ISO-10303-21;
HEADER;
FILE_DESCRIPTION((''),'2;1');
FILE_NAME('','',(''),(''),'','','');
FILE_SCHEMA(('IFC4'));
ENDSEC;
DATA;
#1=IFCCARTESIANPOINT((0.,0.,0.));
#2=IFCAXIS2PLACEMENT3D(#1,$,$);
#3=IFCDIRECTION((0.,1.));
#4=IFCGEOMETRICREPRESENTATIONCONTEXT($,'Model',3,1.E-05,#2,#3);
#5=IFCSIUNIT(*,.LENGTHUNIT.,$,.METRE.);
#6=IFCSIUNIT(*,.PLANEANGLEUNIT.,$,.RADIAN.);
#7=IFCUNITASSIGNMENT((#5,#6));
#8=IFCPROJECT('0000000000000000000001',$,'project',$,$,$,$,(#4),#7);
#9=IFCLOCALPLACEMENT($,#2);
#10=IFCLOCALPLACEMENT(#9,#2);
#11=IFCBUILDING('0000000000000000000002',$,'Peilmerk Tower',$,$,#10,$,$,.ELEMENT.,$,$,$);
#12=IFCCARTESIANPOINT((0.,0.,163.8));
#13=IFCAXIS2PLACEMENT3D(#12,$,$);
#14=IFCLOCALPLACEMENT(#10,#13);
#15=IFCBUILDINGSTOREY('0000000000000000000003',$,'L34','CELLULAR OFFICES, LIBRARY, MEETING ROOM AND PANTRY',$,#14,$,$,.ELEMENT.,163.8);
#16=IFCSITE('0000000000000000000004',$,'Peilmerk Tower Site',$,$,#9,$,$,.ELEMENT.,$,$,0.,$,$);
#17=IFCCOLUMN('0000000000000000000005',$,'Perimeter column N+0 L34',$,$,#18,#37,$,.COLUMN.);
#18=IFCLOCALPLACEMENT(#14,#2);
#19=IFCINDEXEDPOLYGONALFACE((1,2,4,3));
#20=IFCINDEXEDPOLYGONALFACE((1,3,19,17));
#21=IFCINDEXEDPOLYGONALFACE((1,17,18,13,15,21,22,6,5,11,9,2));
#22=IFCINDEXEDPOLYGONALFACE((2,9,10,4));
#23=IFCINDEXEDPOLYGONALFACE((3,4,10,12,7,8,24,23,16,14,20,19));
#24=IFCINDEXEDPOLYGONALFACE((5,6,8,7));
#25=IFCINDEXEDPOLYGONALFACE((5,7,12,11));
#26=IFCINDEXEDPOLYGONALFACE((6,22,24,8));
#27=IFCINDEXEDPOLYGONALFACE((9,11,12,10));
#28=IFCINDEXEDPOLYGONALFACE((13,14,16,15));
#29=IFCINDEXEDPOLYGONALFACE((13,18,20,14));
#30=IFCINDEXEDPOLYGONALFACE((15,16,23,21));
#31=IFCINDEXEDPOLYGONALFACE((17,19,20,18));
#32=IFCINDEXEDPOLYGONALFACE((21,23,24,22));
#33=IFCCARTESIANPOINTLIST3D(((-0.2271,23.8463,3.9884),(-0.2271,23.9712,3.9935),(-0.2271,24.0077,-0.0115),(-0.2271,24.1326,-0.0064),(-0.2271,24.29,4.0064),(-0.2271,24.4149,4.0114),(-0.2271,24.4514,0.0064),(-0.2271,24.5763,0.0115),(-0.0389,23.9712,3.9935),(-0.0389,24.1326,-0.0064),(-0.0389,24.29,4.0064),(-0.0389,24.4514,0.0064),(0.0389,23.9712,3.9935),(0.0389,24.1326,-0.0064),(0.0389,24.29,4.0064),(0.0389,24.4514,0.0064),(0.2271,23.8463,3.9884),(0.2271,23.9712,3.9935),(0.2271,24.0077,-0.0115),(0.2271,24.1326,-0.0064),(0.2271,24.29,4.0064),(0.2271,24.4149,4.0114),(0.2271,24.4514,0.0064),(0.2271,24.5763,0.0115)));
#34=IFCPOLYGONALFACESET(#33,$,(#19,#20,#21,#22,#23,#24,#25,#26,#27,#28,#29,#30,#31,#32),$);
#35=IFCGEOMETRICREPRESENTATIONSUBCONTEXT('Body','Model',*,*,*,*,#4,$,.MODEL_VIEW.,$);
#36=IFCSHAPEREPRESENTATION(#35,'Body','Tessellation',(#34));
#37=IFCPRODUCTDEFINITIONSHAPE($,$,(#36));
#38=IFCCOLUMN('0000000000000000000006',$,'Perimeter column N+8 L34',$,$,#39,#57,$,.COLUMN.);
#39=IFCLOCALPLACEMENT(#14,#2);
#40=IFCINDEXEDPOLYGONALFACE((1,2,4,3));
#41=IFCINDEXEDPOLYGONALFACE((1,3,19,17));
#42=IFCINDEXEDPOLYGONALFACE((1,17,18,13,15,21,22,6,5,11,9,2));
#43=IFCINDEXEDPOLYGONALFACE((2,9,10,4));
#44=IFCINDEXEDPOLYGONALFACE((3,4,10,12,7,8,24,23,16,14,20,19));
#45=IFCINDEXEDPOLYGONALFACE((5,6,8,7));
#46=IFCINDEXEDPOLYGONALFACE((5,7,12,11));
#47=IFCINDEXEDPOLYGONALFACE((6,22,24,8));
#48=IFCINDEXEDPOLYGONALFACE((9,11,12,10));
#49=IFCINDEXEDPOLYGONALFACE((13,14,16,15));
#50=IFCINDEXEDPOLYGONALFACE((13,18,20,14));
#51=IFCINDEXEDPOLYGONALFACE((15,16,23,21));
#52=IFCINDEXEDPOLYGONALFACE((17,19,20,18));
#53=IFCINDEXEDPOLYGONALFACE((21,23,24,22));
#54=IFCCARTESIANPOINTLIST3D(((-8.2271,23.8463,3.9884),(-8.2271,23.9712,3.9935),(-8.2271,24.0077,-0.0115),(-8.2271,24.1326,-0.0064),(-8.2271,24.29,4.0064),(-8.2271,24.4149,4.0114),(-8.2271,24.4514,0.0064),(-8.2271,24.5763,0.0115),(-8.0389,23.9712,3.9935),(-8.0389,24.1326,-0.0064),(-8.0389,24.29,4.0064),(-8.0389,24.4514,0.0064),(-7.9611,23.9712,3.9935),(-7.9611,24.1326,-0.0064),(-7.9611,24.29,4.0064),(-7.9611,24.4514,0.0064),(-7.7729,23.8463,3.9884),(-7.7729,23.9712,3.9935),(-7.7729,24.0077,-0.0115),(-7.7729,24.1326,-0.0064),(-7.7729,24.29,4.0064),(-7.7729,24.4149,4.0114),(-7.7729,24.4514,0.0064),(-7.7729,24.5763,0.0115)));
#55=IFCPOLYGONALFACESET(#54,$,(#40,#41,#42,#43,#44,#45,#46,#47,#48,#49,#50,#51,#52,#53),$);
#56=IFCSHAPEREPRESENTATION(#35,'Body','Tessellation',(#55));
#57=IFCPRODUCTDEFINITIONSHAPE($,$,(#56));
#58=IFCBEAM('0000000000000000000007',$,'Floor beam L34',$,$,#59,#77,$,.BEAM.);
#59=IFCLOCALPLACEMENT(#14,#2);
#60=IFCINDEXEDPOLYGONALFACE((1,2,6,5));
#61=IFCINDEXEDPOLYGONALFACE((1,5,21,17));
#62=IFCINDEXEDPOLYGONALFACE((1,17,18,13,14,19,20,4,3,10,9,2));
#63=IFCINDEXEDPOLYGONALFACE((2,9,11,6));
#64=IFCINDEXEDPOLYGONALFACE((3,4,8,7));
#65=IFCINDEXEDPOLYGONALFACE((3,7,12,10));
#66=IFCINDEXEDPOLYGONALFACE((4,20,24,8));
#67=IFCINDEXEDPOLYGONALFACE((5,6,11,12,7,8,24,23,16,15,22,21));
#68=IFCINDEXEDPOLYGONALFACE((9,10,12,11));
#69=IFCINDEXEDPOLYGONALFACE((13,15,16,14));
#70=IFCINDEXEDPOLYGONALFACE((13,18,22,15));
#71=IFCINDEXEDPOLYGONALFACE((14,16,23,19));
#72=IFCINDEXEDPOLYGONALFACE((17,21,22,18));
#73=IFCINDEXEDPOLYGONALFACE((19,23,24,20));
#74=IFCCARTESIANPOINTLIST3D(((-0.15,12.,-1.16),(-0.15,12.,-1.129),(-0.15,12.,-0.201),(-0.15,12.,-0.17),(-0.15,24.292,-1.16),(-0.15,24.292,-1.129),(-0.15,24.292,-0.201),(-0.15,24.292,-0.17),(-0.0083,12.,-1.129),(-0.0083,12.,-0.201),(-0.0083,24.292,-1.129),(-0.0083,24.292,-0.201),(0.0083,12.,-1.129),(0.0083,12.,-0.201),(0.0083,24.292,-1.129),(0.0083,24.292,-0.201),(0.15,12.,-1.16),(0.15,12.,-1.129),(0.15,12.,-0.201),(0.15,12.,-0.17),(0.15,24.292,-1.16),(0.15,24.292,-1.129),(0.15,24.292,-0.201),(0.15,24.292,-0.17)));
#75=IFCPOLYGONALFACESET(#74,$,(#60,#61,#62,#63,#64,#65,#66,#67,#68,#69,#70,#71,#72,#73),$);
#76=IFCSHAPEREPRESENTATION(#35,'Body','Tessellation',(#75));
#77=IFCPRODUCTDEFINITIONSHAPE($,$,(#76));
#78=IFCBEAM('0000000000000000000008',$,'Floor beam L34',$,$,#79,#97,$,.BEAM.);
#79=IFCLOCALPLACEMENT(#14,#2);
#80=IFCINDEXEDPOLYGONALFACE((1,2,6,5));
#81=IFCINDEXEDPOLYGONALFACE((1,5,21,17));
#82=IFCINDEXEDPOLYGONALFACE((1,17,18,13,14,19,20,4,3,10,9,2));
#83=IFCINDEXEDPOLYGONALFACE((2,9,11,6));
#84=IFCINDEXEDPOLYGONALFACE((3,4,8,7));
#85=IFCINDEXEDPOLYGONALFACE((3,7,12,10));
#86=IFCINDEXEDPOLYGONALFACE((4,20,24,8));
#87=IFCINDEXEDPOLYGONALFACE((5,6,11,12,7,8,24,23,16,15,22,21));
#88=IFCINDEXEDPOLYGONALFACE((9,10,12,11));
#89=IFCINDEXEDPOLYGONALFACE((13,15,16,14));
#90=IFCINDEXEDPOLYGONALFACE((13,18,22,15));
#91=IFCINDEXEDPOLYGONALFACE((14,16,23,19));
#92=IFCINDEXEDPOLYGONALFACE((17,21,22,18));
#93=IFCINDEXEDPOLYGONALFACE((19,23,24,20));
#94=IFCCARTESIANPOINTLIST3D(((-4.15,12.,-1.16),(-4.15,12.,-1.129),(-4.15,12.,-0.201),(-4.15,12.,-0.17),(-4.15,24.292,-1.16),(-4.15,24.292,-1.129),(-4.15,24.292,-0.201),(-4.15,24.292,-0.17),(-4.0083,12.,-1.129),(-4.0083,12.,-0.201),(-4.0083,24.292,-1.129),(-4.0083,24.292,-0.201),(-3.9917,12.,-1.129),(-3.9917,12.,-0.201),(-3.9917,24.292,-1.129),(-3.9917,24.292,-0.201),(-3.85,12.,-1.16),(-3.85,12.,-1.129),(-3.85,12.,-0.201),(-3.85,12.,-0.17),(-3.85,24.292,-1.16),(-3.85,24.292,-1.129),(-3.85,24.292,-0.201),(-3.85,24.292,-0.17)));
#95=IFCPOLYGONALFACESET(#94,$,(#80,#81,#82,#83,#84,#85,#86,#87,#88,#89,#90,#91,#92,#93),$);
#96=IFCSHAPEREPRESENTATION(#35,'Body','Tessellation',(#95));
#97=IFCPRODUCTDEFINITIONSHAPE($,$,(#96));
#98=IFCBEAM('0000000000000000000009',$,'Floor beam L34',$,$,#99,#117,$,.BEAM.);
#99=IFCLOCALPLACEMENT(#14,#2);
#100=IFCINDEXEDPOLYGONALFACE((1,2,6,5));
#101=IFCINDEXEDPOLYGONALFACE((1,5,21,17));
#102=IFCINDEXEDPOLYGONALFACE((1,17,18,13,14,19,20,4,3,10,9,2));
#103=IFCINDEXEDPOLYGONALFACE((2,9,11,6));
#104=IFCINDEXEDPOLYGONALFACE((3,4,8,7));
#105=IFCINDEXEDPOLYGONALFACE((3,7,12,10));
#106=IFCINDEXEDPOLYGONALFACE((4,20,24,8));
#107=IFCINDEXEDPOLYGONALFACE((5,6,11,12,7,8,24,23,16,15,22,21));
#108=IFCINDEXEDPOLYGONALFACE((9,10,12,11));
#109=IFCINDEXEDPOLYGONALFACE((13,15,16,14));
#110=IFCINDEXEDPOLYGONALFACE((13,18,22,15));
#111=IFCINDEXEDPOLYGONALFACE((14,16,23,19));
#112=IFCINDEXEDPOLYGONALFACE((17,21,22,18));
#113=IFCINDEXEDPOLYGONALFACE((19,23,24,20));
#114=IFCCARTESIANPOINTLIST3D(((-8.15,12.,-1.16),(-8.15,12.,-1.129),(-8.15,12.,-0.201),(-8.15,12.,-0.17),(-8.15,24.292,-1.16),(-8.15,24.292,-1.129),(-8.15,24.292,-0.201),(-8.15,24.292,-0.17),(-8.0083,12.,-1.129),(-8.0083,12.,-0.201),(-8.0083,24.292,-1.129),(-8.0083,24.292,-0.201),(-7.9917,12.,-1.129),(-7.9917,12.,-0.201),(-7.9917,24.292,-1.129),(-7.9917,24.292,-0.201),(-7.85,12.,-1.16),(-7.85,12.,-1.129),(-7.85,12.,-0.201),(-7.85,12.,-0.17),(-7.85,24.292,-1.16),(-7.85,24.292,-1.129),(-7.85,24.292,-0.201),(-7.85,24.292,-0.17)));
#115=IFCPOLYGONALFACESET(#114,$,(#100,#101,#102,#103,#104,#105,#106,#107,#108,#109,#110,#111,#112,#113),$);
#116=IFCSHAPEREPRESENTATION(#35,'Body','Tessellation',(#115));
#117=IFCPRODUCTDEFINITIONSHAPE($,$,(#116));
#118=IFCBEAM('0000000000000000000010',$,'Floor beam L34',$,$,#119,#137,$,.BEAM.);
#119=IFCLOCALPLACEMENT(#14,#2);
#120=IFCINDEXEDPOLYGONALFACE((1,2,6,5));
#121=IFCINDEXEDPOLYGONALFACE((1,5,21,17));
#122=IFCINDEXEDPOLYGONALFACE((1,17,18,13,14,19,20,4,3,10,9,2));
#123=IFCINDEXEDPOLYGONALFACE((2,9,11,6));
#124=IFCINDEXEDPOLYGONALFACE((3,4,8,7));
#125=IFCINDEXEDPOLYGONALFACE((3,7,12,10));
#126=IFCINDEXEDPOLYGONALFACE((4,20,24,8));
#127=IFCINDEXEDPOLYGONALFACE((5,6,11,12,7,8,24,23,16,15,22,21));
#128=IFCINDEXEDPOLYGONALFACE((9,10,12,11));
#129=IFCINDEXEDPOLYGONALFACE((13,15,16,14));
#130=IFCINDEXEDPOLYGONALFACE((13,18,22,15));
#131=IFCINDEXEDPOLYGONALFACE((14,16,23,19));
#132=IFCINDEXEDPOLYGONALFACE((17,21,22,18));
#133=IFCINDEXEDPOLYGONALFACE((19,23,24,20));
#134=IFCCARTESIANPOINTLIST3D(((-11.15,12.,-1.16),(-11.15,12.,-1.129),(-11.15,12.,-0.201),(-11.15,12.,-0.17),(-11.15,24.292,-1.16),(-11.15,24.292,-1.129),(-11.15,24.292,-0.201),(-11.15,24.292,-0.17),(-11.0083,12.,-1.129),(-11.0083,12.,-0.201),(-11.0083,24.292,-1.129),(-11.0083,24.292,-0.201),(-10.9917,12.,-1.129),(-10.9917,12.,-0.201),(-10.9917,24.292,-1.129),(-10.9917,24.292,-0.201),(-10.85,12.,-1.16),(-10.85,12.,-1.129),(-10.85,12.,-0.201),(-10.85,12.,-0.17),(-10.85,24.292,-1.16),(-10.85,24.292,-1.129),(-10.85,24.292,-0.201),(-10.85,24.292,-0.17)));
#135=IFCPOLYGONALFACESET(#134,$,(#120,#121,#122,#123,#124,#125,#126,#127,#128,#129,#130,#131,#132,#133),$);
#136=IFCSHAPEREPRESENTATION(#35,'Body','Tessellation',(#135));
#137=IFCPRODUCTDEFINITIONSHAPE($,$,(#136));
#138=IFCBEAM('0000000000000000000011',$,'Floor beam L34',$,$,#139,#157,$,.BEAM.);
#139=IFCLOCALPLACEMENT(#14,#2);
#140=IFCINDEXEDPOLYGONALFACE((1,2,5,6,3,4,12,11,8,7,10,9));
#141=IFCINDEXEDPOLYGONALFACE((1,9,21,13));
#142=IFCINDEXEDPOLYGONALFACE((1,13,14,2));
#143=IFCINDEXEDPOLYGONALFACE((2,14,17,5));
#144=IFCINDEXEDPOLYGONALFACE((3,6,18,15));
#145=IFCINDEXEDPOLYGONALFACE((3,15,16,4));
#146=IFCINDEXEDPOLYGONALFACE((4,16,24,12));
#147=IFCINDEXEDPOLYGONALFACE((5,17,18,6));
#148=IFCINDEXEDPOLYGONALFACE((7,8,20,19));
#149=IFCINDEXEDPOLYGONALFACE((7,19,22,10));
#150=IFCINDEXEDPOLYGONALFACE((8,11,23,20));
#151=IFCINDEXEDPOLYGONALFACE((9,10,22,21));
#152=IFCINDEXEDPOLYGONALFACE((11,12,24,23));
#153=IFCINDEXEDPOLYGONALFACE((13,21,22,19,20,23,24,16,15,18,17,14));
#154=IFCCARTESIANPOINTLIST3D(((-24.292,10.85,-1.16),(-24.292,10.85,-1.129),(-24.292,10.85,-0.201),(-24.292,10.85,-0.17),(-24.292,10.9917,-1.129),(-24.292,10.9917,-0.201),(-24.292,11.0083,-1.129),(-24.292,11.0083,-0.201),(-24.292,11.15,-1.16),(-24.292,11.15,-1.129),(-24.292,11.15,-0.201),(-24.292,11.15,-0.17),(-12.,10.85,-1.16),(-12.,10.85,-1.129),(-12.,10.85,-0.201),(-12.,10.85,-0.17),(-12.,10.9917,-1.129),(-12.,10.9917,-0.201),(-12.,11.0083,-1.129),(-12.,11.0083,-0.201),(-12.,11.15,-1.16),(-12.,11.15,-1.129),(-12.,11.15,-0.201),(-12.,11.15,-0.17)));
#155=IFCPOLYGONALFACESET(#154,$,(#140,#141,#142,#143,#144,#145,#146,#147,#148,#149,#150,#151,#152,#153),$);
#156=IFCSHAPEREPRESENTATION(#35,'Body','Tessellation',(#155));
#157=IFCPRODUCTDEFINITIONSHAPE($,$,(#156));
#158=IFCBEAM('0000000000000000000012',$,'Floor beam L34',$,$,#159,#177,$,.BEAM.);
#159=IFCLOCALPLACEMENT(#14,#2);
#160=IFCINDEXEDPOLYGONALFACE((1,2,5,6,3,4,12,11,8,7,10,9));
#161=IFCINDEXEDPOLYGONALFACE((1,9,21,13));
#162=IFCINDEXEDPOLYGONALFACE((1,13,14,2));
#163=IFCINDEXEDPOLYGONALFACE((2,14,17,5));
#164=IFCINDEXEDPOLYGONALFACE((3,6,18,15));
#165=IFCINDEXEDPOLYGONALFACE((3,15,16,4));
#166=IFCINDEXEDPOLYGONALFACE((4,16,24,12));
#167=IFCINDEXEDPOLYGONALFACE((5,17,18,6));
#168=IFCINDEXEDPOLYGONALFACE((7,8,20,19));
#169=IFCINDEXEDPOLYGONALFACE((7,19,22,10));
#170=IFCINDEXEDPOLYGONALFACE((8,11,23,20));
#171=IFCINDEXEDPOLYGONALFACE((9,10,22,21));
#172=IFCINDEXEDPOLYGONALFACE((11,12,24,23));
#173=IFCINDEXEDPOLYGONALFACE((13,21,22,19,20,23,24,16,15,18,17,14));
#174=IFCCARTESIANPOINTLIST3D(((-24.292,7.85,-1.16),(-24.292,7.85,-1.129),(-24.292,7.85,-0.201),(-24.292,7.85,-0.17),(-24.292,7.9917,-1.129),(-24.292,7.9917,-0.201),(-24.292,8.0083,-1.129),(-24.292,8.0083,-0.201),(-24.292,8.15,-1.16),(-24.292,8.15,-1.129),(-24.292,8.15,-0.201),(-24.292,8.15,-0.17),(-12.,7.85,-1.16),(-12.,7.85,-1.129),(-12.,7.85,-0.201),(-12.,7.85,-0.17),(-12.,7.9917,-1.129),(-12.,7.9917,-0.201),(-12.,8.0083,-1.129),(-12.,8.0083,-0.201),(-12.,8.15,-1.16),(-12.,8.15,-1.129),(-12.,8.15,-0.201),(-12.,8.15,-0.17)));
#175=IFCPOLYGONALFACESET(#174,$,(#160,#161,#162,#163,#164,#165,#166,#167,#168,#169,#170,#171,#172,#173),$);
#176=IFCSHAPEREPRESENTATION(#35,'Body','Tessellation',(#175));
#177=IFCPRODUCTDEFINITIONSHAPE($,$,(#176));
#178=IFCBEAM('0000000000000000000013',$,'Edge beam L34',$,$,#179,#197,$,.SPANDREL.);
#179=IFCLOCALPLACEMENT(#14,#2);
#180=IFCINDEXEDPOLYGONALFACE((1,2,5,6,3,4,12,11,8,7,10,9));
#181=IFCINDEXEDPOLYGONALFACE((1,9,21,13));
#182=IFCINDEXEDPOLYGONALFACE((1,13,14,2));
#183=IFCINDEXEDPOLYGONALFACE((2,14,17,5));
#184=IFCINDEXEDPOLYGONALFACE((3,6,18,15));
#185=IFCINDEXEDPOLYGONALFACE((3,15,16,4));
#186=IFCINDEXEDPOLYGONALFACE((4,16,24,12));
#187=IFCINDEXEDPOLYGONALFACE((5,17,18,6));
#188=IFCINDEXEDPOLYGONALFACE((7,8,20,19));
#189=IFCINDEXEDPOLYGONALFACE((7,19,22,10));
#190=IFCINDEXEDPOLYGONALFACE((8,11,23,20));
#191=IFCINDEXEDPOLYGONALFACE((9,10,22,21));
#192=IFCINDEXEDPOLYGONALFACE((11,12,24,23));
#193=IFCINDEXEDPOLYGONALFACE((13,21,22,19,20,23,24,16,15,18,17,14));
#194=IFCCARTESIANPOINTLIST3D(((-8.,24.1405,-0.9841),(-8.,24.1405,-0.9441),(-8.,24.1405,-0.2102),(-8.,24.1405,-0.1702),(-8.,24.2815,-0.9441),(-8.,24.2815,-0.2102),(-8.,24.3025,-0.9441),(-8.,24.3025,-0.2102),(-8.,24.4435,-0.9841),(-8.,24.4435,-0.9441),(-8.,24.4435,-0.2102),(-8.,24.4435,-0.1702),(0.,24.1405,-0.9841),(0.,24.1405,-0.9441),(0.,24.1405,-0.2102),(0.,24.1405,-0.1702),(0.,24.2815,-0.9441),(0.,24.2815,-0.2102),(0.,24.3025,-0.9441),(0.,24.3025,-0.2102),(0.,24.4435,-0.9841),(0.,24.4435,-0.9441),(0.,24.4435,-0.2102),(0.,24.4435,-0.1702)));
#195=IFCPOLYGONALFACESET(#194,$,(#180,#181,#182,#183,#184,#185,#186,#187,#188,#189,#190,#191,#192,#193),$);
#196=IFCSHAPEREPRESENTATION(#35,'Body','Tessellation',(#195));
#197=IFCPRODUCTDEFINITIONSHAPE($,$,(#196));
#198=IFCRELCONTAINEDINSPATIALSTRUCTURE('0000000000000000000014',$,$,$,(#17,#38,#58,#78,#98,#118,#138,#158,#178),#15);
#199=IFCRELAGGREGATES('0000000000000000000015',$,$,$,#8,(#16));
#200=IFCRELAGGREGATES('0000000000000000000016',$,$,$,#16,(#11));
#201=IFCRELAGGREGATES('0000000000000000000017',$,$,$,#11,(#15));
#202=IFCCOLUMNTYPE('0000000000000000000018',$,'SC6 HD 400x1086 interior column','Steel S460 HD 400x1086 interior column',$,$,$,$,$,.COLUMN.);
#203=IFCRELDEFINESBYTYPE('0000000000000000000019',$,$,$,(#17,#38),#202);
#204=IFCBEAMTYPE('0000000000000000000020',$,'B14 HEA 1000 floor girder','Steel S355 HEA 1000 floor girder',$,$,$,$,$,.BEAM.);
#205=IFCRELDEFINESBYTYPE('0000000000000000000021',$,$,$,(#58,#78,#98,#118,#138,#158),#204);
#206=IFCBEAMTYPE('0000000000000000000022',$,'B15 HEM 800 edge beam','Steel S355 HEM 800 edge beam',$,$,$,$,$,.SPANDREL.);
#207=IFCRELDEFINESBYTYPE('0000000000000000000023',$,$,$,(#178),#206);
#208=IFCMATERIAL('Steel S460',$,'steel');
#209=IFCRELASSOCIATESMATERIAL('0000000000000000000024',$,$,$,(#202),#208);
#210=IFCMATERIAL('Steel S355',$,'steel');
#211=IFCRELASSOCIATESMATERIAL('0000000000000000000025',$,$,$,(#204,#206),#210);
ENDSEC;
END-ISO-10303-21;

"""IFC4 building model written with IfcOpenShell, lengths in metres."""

from ifc_helpers import new_model, si_unit, direction, frame, origin, origin_2d, place, context, subcontext, project, spatial, i_section, extrude, material, material_profile, profile_set, type_object, element, save


model = new_model("IFC4")

# Units and contexts
model_context = context("Model", 3, precision=1e-05, world=origin(), true_north=direction((0.0, 1.0)))
body_context = subcontext(model_context, "Body", "Model", "MODEL_VIEW")
ifc_project = project(units=[si_unit("LENGTHUNIT", "METRE"), si_unit("PLANEANGLEUNIT", "RADIAN")], contexts=[model_context])

# Site, building, storey
site_placement = place(None, origin())
site = spatial("IfcSite", under=ifc_project, at=site_placement, Name="Peilmerk Tower Site", CompositionType="ELEMENT", RefElevation=0.0)
building_placement = place(site_placement, origin())
building = spatial("IfcBuilding", under=site, at=building_placement, Name="Peilmerk Tower", CompositionType="ELEMENT")
storey_placement = place(building_placement, frame((0.0, 0.0, 163.8)))
storey = spatial("IfcBuildingStorey", under=building, at=storey_placement, Name="L34", Description="CELLULAR OFFICES, LIBRARY, MEETING ROOM AND PANTRY", CompositionType="ELEMENT", Elevation=163.8)

# Columns
ifc_material_1 = material(Name="Steel S460", Category="steel")
ifc_material_profile_1 = material_profile(ifc_material_1, i_section(OverallWidth=0.4541, OverallDepth=0.5691, WebThickness=0.0779, FlangeThickness=0.125, at=origin_2d()), Name="HD 400x1086")
ifc_profile_set_1 = profile_set([ifc_material_profile_1], Name="Steel S460")
column_type = type_object("IfcColumnType", Name="SC6 HD 400x1086 interior column", Description="Steel S460 HD 400x1086 interior column", PredefinedType="COLUMN", material=ifc_profile_set_1)
for number, where, z_axis, x_axis, name in (
    (1, (0.0, 24.292, 0.0), (0.0, -0.040311, 0.999187), (1.0, 0.0, 0.0), "Perimeter column N+0 L34"),
    (2, (-8.0, 24.292, 0.0), (0.0, -0.040311, 0.999187), (1.0, 0.0, 0.0), "Perimeter column N+8 L34"),
):
    element("IfcColumn", number, at=place(storey_placement, frame(where, z_axis=z_axis, x_axis=x_axis)), inside=storey, type_object=column_type, Name=name, PredefinedType="COLUMN", context=body_context, shape_type="SweptSolid", body=[
        extrude(i_section(OverallWidth=0.4541, OverallDepth=0.5691, WebThickness=0.0779, FlangeThickness=0.125, at=origin_2d()), origin(), (0.0, 0.0, 1.0), 4.0032),
    ])

# Beams
ifc_material_2 = material(Name="Steel S355", Category="steel")
ifc_material_profile_2 = material_profile(ifc_material_2, i_section(OverallWidth=0.3, OverallDepth=0.99, WebThickness=0.0166, FlangeThickness=0.031, at=origin_2d()), Name="HEA 1000")
ifc_profile_set_2 = profile_set([ifc_material_profile_2], Name="Steel S355")
beam_type_1 = type_object("IfcBeamType", Name="B14 HEA 1000 floor girder", Description="Steel S355 HEA 1000 floor girder", PredefinedType="BEAM", material=ifc_profile_set_2)
for number, where, z_axis, x_axis, name in (
    (3, (0.0, 12.0, -0.665), (0.0, 1.0, 0.0), (-1.0, 0.0, 0.0), "Floor beam L34"),
    (4, (-4.0, 12.0, -0.665), (0.0, 1.0, 0.0), (-1.0, 0.0, 0.0), "Floor beam L34"),
    (5, (-8.0, 12.0, -0.665), (0.0, 1.0, 0.0), (-1.0, 0.0, 0.0), "Floor beam L34"),
    (6, (-11.0, 12.0, -0.665), (0.0, 1.0, 0.0), (-1.0, 0.0, 0.0), "Floor beam L34"),
    (7, (-12.0, 11.0, -0.665), (-1.0, 0.0, 0.0), (0.0, -1.0, 0.0), "Floor beam L34"),
    (8, (-12.0, 8.0, -0.665), (-1.0, 0.0, 0.0), (0.0, -1.0, 0.0), "Floor beam L34"),
):
    element("IfcBeam", number, at=place(storey_placement, frame(where, z_axis=z_axis, x_axis=x_axis)), inside=storey, type_object=beam_type_1, Name=name, PredefinedType="BEAM", context=body_context, shape_type="SweptSolid", body=[
        extrude(i_section(OverallWidth=0.3, OverallDepth=0.99, WebThickness=0.0166, FlangeThickness=0.031, at=origin_2d()), origin(), (0.0, 0.0, 1.0), 12.292),
    ])
ifc_material_profile_3 = material_profile(ifc_material_2, i_section(OverallWidth=0.303, OverallDepth=0.814, WebThickness=0.021, FlangeThickness=0.04, at=origin_2d()), Name="HEM 800")
ifc_profile_set_3 = profile_set([ifc_material_profile_3], Name="Steel S355")
beam_type_2 = type_object("IfcBeamType", Name="B15 HEM 800 edge beam", Description="Steel S355 HEM 800 edge beam", PredefinedType="SPANDREL", material=ifc_profile_set_3)
for number, where, z_axis, x_axis, name in (
    (9, (0.0, 24.292, -0.5771), (-1.0, 0.0, 0.0), (0.0, -1.0, 0.0), "Edge beam L34"),
):
    element("IfcBeam", number, at=place(storey_placement, frame(where, z_axis=z_axis, x_axis=x_axis)), inside=storey, type_object=beam_type_2, Name=name, PredefinedType="SPANDREL", context=body_context, shape_type="SweptSolid", body=[
        extrude(i_section(OverallWidth=0.303, OverallDepth=0.814, WebThickness=0.021, FlangeThickness=0.04, at=origin_2d()), origin(), (0.0, 0.0, 1.0), 8.0),
    ])

save(model, "model.ifc")
